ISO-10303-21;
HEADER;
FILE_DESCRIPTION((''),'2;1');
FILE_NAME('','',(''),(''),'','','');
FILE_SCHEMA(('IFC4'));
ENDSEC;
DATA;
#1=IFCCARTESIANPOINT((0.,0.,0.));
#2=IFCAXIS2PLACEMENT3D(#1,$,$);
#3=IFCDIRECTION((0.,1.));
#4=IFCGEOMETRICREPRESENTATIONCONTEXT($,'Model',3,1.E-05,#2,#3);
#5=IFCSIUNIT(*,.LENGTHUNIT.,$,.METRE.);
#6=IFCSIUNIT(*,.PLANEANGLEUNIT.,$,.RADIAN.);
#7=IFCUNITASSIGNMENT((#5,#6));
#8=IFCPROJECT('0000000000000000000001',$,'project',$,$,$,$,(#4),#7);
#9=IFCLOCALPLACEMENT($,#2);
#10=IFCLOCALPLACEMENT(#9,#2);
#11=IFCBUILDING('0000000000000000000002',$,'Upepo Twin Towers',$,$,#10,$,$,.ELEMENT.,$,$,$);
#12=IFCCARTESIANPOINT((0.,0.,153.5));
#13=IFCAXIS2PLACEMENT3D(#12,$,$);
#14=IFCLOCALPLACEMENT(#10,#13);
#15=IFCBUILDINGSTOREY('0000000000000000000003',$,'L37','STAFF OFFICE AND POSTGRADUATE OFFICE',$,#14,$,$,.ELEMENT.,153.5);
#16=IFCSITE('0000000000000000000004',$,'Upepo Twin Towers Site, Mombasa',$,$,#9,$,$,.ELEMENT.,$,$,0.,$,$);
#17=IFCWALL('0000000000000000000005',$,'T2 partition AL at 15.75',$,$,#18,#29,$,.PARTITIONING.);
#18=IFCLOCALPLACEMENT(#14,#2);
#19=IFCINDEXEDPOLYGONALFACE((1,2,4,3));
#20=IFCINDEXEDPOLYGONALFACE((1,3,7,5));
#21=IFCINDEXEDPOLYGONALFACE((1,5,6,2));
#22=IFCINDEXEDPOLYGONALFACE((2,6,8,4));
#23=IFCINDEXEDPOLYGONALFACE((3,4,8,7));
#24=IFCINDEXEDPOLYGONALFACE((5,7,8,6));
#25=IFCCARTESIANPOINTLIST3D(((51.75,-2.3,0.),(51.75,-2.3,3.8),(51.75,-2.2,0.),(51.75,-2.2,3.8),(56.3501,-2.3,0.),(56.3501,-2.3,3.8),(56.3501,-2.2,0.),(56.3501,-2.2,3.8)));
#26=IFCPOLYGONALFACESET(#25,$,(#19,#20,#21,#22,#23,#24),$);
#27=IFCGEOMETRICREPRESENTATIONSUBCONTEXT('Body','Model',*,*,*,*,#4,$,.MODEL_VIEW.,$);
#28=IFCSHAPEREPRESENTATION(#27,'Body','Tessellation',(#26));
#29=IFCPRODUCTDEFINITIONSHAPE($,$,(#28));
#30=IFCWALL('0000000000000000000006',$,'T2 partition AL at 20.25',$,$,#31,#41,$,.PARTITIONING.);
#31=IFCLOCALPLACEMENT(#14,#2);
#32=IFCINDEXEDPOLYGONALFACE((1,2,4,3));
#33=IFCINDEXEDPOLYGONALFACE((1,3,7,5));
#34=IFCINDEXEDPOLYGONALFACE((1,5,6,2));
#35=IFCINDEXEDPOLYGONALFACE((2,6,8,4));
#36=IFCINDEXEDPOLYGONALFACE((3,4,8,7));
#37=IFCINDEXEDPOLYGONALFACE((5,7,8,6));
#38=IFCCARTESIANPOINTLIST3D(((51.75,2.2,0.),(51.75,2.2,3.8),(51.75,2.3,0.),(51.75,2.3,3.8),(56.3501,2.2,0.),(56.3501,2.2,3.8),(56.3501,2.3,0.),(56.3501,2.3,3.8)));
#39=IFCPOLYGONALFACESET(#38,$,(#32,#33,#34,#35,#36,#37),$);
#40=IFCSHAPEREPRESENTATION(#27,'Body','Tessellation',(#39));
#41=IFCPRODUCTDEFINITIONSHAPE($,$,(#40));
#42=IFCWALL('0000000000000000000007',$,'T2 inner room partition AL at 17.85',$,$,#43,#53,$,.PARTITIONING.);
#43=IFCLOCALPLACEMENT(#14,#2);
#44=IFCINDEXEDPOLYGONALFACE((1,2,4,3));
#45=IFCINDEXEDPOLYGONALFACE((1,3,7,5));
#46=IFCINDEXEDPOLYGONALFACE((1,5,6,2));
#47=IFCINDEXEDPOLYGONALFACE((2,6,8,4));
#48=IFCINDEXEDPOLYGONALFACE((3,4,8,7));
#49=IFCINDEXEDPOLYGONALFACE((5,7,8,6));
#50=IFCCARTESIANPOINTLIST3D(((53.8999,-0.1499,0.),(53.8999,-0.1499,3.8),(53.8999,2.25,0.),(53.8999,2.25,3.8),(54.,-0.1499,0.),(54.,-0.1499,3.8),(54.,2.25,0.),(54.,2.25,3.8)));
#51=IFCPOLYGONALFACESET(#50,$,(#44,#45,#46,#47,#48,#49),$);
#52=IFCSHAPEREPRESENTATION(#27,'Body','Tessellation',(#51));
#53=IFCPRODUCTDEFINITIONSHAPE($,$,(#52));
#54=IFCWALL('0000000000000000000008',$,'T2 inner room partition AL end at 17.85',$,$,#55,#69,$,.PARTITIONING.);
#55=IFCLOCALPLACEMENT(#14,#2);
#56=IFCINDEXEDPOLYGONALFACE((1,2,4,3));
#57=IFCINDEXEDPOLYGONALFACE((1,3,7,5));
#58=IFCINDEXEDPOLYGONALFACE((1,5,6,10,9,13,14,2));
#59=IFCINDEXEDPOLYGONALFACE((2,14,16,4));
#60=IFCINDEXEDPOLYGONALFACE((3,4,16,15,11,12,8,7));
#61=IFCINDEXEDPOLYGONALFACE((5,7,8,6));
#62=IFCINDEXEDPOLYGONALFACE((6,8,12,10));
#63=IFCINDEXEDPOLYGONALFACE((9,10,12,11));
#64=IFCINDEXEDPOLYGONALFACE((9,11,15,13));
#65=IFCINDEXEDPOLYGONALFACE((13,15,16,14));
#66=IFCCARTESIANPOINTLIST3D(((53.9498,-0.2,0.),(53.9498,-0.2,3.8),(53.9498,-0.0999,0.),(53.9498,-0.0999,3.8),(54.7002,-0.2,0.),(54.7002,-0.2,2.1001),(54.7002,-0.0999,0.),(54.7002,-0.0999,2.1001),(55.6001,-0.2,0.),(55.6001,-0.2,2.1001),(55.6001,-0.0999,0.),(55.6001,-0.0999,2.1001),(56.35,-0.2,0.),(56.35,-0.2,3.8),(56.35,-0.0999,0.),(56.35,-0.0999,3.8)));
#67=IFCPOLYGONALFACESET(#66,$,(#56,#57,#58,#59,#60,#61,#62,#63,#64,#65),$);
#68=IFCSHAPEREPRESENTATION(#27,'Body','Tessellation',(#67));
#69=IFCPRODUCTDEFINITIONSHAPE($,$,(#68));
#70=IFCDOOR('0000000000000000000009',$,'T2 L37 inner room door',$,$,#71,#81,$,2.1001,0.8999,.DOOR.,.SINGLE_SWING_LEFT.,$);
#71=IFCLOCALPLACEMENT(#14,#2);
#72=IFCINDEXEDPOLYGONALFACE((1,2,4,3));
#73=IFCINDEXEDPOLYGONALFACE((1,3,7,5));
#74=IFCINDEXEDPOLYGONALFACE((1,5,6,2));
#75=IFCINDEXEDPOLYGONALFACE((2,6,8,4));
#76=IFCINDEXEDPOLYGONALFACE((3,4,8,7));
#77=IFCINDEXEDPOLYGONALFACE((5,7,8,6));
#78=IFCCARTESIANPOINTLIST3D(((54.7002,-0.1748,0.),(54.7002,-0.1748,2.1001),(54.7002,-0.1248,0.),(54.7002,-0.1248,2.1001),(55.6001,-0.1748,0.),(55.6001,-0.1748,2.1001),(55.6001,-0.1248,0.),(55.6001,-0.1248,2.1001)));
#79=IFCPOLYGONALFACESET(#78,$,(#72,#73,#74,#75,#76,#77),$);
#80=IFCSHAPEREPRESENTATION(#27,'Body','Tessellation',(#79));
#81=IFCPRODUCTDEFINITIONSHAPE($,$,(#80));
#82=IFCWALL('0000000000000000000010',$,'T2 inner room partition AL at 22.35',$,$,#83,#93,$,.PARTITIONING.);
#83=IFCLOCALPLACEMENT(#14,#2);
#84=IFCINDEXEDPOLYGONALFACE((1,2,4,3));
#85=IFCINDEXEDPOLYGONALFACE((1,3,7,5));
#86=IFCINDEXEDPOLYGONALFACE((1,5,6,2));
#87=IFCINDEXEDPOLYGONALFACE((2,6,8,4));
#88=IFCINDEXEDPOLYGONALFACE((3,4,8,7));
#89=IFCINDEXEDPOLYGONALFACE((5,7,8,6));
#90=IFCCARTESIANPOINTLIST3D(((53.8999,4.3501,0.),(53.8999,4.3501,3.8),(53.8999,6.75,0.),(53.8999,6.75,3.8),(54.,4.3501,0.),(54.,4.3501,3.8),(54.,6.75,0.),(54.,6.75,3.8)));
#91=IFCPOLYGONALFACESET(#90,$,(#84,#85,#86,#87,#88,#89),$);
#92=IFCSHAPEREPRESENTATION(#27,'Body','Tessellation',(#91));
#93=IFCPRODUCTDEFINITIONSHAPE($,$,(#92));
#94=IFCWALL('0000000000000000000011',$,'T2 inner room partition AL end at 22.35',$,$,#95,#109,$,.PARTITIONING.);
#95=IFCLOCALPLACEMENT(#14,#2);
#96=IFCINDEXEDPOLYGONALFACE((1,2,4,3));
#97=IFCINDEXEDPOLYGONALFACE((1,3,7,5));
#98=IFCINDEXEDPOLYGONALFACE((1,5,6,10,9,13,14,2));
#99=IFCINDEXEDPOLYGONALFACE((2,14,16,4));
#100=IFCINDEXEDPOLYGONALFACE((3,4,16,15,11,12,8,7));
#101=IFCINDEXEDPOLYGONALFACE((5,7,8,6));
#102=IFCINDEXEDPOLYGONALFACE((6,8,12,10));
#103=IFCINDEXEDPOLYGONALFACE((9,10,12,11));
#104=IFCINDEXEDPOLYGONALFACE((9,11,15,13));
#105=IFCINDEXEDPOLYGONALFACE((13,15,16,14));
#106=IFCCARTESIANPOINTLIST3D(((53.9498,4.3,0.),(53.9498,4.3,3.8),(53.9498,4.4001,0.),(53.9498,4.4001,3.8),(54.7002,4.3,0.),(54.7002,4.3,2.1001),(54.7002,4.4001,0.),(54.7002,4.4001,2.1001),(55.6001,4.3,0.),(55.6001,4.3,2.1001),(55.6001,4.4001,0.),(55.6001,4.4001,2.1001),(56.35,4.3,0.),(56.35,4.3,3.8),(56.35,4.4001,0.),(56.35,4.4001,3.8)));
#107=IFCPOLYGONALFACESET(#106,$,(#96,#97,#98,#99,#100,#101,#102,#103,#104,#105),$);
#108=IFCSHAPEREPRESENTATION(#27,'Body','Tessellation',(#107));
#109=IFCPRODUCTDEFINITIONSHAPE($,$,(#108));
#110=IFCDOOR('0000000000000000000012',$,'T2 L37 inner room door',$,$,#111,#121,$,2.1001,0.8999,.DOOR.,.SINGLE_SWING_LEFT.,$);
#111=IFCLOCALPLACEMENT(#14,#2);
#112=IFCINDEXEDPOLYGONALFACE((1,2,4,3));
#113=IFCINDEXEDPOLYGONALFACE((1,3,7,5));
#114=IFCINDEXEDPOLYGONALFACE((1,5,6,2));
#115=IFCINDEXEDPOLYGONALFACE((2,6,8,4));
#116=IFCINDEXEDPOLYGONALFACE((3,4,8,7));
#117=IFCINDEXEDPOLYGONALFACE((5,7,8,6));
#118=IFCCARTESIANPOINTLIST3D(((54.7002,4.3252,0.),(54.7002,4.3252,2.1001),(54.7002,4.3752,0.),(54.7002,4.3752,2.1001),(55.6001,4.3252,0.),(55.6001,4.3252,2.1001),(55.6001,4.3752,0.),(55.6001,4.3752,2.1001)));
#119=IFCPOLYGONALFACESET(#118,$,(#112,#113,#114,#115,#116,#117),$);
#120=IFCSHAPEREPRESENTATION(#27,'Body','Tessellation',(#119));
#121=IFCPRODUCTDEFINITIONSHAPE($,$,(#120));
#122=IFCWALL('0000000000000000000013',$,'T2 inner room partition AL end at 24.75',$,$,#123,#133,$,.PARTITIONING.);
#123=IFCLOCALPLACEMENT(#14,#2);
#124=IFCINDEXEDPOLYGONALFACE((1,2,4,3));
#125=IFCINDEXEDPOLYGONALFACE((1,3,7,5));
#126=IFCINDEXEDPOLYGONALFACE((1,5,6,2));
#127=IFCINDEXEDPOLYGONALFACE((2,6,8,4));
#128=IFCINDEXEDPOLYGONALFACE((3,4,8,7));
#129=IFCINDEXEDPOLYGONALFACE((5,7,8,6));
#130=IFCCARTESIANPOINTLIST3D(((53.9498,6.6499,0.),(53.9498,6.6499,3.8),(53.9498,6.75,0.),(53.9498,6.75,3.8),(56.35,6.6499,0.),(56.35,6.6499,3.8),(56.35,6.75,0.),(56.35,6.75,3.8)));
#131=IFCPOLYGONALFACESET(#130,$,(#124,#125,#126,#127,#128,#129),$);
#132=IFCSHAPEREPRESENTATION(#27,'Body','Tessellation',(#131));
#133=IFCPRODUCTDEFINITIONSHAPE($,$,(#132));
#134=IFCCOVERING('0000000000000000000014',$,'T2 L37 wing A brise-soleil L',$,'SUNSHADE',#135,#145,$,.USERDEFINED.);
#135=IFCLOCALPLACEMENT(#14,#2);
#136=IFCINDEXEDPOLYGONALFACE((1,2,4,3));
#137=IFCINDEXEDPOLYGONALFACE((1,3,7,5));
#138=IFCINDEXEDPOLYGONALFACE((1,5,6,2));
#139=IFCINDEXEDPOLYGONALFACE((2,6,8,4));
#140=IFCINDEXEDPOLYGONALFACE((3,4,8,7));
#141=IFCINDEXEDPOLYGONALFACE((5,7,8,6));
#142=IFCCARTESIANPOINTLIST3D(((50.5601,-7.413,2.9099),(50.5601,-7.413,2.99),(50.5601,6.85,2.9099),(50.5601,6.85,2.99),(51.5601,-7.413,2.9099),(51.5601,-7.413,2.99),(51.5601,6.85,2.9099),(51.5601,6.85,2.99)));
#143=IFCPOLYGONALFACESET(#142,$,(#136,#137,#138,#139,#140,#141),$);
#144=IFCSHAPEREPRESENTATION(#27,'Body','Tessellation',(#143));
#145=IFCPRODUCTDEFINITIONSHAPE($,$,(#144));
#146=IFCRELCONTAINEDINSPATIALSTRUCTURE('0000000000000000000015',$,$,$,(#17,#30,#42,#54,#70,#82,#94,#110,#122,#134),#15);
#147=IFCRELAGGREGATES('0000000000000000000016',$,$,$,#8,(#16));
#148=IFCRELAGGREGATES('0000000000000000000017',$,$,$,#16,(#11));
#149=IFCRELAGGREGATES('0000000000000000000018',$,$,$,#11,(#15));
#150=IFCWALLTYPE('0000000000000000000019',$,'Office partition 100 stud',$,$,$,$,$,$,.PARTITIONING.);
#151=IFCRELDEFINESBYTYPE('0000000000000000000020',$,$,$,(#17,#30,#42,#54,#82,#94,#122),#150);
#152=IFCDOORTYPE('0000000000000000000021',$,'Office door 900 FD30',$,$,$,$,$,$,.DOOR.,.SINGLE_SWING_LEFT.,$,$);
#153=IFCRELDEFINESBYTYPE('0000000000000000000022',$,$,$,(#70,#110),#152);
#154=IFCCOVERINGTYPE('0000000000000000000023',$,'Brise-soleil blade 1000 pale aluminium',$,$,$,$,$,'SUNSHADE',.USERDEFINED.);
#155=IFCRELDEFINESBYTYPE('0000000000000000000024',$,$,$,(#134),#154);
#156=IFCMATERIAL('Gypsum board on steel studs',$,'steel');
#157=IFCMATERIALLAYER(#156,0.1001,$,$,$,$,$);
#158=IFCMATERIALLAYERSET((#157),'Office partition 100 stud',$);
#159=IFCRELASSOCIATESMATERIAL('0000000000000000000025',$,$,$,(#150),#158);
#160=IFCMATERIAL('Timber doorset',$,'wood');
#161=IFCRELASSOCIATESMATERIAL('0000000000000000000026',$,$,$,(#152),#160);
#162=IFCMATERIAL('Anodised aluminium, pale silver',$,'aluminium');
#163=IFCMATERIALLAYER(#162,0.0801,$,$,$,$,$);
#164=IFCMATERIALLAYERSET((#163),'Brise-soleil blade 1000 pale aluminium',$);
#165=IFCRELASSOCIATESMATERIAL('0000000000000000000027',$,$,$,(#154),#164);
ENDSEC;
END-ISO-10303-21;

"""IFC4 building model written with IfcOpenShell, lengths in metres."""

from ifc_helpers import new_model, si_unit, direction, frame, frame_2d, origin, origin_2d, place, context, subcontext, project, spatial, rectangle, extrude, material, layer, layer_set, type_object, element, fill, save


model = new_model("IFC4")

# Units and contexts
model_context = context("Model", 3, precision=1e-05, world=origin(), true_north=direction((0.0, 1.0)))
body_context = subcontext(model_context, "Body", "Model", "MODEL_VIEW")
ifc_project = project(units=[si_unit("LENGTHUNIT", "METRE"), si_unit("PLANEANGLEUNIT", "RADIAN")], contexts=[model_context])

# Site, building, storey
site_placement = place(None, origin())
site = spatial("IfcSite", under=ifc_project, at=site_placement, Name="Upepo Twin Towers Site, Mombasa", CompositionType="ELEMENT", RefElevation=0.0)
building_placement = place(site_placement, origin())
building = spatial("IfcBuilding", under=site, at=building_placement, Name="Upepo Twin Towers", CompositionType="ELEMENT")
storey_placement = place(building_placement, frame((0.0, 0.0, 153.5)))
storey = spatial("IfcBuildingStorey", under=building, at=storey_placement, Name="L37", Description="STAFF OFFICE AND POSTGRADUATE OFFICE", CompositionType="ELEMENT", Elevation=153.5)

# Walls
ifc_material_1 = material(Name="Gypsum board on steel studs", Category="steel")
ifc_layer_1 = layer(ifc_material_1, 0.1001)
ifc_layer_set_1 = layer_set([ifc_layer_1], Name="Office partition 100 stud")
wall_type_1 = type_object("IfcWallType", Name="Office partition 100 stud", PredefinedType="PARTITIONING", material=ifc_layer_set_1)
for number, where, z_axis, x_axis, name in (
    (1, (56.3501, -2.25, 0.0), (0.0, 0.0, 1.0), (-1.0, 0.0, 0.0), "T2 partition AL at 15.75"),
    (2, (56.3501, 2.25, 0.0), (0.0, 0.0, 1.0), (-1.0, 0.0, 0.0), "T2 partition AL at 20.25"),
):
    element("IfcWall", number, at=place(storey_placement, frame(where, z_axis=z_axis, x_axis=x_axis)), inside=storey, type_object=wall_type_1, Name=name, PredefinedType="PARTITIONING", context=body_context, shape_type="SweptSolid", body=[
        extrude(rectangle(XDim=4.6001, YDim=0.1001, at=frame_2d((2.3, 0.0))), origin(), (0.0, 0.0, 1.0), 3.8),
    ])
wall_1_placement = place(storey_placement, frame((53.95, -0.1499, 0.0), z_axis=(0.0, 0.0, 1.0), x_axis=(0.0, 1.0, 0.0)))
element("IfcWall", 3, at=wall_1_placement, inside=storey, type_object=wall_type_1, Name="T2 inner room partition AL at 17.85", PredefinedType="PARTITIONING", context=body_context, shape_type="SweptSolid", body=[
    extrude(rectangle(XDim=2.3999, YDim=0.1001, at=frame_2d((1.2, 0.0))), origin(), (0.0, 0.0, 1.0), 3.8),
])

# Wall, opening, door
wall_2_placement = place(storey_placement, frame((56.3501, -0.1499, 0.0), z_axis=(0.0, 0.0, 1.0), x_axis=(-1.0, 0.0, 0.0)))
wall_2 = element("IfcWall", 4, at=wall_2_placement, inside=storey, type_object=wall_type_1, Name="T2 inner room partition AL end at 17.85", PredefinedType="PARTITIONING", context=body_context, shape_type="SweptSolid", body=[
    extrude(rectangle(XDim=2.4001, YDim=0.1001, at=frame_2d((1.2002, 0.0))), origin(), (0.0, 0.0, 1.0), 3.8),
])
opening_1_placement = place(wall_2_placement, frame((0.75, 0.0, 0.0)))
opening_1 = element("IfcOpeningElement", 5, at=opening_1_placement, cuts=wall_2, PredefinedType="OPENING", context=body_context, shape_type="SweptSolid", body=[
    extrude(rectangle(XDim=0.8999, YDim=2.1001, at=frame_2d((0.45, 1.05))), frame((0.0, 0.0601, 0.0), z_axis=(0.0, -1.0, 0.0), x_axis=(1.0, 0.0, 0.0)), (0.0, 0.0, 1.0), 0.1201),
])
ifc_material_2 = material(Name="Timber doorset", Category="wood")
door_type = type_object("IfcDoorType", Name="Office door 900 FD30", OperationType="SINGLE_SWING_LEFT", PredefinedType="DOOR", material=ifc_material_2)
door_1_placement = place(opening_1_placement, origin())
door_1 = element("IfcDoor", 6, at=door_1_placement, inside=storey, type_object=door_type, Name="T2 L37 inner room door", OperationType="SINGLE_SWING_LEFT", OverallHeight=2.1001, OverallWidth=0.8999, PredefinedType="DOOR", context=body_context, shape_type="SweptSolid", body=[
    extrude(rectangle(XDim=0.8999, YDim=2.1001, at=frame_2d((0.45, 1.05))), frame((0.0, 0.0249, 0.0), z_axis=(0.0, -1.0, 0.0), x_axis=(1.0, 0.0, 0.0)), (0.0, 0.0, 1.0), 0.05),
])
fill(opening_1, door_1)

# Wall
wall_3_placement = place(storey_placement, frame((53.95, 4.3501, 0.0), z_axis=(0.0, 0.0, 1.0), x_axis=(0.0, 1.0, 0.0)))
element("IfcWall", 7, at=wall_3_placement, inside=storey, type_object=wall_type_1, Name="T2 inner room partition AL at 22.35", PredefinedType="PARTITIONING", context=body_context, shape_type="SweptSolid", body=[
    extrude(rectangle(XDim=2.3999, YDim=0.1001, at=frame_2d((1.2, 0.0))), origin(), (0.0, 0.0, 1.0), 3.8),
])

# Wall, opening, door
wall_4_placement = place(storey_placement, frame((56.3501, 4.3501, 0.0), z_axis=(0.0, 0.0, 1.0), x_axis=(-1.0, 0.0, 0.0)))
wall_4 = element("IfcWall", 8, at=wall_4_placement, inside=storey, type_object=wall_type_1, Name="T2 inner room partition AL end at 22.35", PredefinedType="PARTITIONING", context=body_context, shape_type="SweptSolid", body=[
    extrude(rectangle(XDim=2.4001, YDim=0.1001, at=frame_2d((1.2002, 0.0))), origin(), (0.0, 0.0, 1.0), 3.8),
])
opening_2_placement = place(wall_4_placement, frame((0.75, 0.0, 0.0)))
opening_2 = element("IfcOpeningElement", 9, at=opening_2_placement, cuts=wall_4, PredefinedType="OPENING", context=body_context, shape_type="SweptSolid", body=[
    extrude(rectangle(XDim=0.8999, YDim=2.1001, at=frame_2d((0.45, 1.05))), frame((0.0, 0.0601, 0.0), z_axis=(0.0, -1.0, 0.0), x_axis=(1.0, 0.0, 0.0)), (0.0, 0.0, 1.0), 0.1201),
])
door_2_placement = place(opening_2_placement, origin())
door_2 = element("IfcDoor", 10, at=door_2_placement, inside=storey, type_object=door_type, Name="T2 L37 inner room door", OperationType="SINGLE_SWING_LEFT", OverallHeight=2.1001, OverallWidth=0.8999, PredefinedType="DOOR", context=body_context, shape_type="SweptSolid", body=[
    extrude(rectangle(XDim=0.8999, YDim=2.1001, at=frame_2d((0.45, 1.05))), frame((0.0, 0.0249, 0.0), z_axis=(0.0, -1.0, 0.0), x_axis=(1.0, 0.0, 0.0)), (0.0, 0.0, 1.0), 0.05),
])
fill(opening_2, door_2)

# Wall
wall_5_placement = place(storey_placement, frame((56.3501, 6.7, 0.0), z_axis=(0.0, 0.0, 1.0), x_axis=(-1.0, 0.0, 0.0)))
element("IfcWall", 11, at=wall_5_placement, inside=storey, type_object=wall_type_1, Name="T2 inner room partition AL end at 24.75", PredefinedType="PARTITIONING", context=body_context, shape_type="SweptSolid", body=[
    extrude(rectangle(XDim=2.4001, YDim=0.1001, at=frame_2d((1.2002, 0.0))), origin(), (0.0, 0.0, 1.0), 3.8),
])

# Covering
ifc_material_3 = material(Name="Anodised aluminium, pale silver", Category="aluminium")
ifc_layer_2 = layer(ifc_material_3, 0.0801)
ifc_layer_set_2 = layer_set([ifc_layer_2], Name="Brise-soleil blade 1000 pale aluminium")
covering_type = type_object("IfcCoveringType", Name="Brise-soleil blade 1000 pale aluminium", ElementType="SUNSHADE", PredefinedType="USERDEFINED", material=ifc_layer_set_2)
covering_placement = place(storey_placement, frame((51.0601, -0.2815, 2.9099), z_axis=(0.0, 0.0, 1.0), x_axis=(0.0, 1.0, 0.0)))
element("IfcCovering", 12, at=covering_placement, inside=storey, type_object=covering_type, Name="T2 L37 wing A brise-soleil L", ObjectType="SUNSHADE", PredefinedType="USERDEFINED", context=body_context, shape_type="SweptSolid", body=[
    extrude(rectangle(XDim=14.2629, YDim=1.0, at=origin_2d()), origin(), (0.0, 0.0, 1.0), 0.0801),
])

save(model, "model.ifc")
